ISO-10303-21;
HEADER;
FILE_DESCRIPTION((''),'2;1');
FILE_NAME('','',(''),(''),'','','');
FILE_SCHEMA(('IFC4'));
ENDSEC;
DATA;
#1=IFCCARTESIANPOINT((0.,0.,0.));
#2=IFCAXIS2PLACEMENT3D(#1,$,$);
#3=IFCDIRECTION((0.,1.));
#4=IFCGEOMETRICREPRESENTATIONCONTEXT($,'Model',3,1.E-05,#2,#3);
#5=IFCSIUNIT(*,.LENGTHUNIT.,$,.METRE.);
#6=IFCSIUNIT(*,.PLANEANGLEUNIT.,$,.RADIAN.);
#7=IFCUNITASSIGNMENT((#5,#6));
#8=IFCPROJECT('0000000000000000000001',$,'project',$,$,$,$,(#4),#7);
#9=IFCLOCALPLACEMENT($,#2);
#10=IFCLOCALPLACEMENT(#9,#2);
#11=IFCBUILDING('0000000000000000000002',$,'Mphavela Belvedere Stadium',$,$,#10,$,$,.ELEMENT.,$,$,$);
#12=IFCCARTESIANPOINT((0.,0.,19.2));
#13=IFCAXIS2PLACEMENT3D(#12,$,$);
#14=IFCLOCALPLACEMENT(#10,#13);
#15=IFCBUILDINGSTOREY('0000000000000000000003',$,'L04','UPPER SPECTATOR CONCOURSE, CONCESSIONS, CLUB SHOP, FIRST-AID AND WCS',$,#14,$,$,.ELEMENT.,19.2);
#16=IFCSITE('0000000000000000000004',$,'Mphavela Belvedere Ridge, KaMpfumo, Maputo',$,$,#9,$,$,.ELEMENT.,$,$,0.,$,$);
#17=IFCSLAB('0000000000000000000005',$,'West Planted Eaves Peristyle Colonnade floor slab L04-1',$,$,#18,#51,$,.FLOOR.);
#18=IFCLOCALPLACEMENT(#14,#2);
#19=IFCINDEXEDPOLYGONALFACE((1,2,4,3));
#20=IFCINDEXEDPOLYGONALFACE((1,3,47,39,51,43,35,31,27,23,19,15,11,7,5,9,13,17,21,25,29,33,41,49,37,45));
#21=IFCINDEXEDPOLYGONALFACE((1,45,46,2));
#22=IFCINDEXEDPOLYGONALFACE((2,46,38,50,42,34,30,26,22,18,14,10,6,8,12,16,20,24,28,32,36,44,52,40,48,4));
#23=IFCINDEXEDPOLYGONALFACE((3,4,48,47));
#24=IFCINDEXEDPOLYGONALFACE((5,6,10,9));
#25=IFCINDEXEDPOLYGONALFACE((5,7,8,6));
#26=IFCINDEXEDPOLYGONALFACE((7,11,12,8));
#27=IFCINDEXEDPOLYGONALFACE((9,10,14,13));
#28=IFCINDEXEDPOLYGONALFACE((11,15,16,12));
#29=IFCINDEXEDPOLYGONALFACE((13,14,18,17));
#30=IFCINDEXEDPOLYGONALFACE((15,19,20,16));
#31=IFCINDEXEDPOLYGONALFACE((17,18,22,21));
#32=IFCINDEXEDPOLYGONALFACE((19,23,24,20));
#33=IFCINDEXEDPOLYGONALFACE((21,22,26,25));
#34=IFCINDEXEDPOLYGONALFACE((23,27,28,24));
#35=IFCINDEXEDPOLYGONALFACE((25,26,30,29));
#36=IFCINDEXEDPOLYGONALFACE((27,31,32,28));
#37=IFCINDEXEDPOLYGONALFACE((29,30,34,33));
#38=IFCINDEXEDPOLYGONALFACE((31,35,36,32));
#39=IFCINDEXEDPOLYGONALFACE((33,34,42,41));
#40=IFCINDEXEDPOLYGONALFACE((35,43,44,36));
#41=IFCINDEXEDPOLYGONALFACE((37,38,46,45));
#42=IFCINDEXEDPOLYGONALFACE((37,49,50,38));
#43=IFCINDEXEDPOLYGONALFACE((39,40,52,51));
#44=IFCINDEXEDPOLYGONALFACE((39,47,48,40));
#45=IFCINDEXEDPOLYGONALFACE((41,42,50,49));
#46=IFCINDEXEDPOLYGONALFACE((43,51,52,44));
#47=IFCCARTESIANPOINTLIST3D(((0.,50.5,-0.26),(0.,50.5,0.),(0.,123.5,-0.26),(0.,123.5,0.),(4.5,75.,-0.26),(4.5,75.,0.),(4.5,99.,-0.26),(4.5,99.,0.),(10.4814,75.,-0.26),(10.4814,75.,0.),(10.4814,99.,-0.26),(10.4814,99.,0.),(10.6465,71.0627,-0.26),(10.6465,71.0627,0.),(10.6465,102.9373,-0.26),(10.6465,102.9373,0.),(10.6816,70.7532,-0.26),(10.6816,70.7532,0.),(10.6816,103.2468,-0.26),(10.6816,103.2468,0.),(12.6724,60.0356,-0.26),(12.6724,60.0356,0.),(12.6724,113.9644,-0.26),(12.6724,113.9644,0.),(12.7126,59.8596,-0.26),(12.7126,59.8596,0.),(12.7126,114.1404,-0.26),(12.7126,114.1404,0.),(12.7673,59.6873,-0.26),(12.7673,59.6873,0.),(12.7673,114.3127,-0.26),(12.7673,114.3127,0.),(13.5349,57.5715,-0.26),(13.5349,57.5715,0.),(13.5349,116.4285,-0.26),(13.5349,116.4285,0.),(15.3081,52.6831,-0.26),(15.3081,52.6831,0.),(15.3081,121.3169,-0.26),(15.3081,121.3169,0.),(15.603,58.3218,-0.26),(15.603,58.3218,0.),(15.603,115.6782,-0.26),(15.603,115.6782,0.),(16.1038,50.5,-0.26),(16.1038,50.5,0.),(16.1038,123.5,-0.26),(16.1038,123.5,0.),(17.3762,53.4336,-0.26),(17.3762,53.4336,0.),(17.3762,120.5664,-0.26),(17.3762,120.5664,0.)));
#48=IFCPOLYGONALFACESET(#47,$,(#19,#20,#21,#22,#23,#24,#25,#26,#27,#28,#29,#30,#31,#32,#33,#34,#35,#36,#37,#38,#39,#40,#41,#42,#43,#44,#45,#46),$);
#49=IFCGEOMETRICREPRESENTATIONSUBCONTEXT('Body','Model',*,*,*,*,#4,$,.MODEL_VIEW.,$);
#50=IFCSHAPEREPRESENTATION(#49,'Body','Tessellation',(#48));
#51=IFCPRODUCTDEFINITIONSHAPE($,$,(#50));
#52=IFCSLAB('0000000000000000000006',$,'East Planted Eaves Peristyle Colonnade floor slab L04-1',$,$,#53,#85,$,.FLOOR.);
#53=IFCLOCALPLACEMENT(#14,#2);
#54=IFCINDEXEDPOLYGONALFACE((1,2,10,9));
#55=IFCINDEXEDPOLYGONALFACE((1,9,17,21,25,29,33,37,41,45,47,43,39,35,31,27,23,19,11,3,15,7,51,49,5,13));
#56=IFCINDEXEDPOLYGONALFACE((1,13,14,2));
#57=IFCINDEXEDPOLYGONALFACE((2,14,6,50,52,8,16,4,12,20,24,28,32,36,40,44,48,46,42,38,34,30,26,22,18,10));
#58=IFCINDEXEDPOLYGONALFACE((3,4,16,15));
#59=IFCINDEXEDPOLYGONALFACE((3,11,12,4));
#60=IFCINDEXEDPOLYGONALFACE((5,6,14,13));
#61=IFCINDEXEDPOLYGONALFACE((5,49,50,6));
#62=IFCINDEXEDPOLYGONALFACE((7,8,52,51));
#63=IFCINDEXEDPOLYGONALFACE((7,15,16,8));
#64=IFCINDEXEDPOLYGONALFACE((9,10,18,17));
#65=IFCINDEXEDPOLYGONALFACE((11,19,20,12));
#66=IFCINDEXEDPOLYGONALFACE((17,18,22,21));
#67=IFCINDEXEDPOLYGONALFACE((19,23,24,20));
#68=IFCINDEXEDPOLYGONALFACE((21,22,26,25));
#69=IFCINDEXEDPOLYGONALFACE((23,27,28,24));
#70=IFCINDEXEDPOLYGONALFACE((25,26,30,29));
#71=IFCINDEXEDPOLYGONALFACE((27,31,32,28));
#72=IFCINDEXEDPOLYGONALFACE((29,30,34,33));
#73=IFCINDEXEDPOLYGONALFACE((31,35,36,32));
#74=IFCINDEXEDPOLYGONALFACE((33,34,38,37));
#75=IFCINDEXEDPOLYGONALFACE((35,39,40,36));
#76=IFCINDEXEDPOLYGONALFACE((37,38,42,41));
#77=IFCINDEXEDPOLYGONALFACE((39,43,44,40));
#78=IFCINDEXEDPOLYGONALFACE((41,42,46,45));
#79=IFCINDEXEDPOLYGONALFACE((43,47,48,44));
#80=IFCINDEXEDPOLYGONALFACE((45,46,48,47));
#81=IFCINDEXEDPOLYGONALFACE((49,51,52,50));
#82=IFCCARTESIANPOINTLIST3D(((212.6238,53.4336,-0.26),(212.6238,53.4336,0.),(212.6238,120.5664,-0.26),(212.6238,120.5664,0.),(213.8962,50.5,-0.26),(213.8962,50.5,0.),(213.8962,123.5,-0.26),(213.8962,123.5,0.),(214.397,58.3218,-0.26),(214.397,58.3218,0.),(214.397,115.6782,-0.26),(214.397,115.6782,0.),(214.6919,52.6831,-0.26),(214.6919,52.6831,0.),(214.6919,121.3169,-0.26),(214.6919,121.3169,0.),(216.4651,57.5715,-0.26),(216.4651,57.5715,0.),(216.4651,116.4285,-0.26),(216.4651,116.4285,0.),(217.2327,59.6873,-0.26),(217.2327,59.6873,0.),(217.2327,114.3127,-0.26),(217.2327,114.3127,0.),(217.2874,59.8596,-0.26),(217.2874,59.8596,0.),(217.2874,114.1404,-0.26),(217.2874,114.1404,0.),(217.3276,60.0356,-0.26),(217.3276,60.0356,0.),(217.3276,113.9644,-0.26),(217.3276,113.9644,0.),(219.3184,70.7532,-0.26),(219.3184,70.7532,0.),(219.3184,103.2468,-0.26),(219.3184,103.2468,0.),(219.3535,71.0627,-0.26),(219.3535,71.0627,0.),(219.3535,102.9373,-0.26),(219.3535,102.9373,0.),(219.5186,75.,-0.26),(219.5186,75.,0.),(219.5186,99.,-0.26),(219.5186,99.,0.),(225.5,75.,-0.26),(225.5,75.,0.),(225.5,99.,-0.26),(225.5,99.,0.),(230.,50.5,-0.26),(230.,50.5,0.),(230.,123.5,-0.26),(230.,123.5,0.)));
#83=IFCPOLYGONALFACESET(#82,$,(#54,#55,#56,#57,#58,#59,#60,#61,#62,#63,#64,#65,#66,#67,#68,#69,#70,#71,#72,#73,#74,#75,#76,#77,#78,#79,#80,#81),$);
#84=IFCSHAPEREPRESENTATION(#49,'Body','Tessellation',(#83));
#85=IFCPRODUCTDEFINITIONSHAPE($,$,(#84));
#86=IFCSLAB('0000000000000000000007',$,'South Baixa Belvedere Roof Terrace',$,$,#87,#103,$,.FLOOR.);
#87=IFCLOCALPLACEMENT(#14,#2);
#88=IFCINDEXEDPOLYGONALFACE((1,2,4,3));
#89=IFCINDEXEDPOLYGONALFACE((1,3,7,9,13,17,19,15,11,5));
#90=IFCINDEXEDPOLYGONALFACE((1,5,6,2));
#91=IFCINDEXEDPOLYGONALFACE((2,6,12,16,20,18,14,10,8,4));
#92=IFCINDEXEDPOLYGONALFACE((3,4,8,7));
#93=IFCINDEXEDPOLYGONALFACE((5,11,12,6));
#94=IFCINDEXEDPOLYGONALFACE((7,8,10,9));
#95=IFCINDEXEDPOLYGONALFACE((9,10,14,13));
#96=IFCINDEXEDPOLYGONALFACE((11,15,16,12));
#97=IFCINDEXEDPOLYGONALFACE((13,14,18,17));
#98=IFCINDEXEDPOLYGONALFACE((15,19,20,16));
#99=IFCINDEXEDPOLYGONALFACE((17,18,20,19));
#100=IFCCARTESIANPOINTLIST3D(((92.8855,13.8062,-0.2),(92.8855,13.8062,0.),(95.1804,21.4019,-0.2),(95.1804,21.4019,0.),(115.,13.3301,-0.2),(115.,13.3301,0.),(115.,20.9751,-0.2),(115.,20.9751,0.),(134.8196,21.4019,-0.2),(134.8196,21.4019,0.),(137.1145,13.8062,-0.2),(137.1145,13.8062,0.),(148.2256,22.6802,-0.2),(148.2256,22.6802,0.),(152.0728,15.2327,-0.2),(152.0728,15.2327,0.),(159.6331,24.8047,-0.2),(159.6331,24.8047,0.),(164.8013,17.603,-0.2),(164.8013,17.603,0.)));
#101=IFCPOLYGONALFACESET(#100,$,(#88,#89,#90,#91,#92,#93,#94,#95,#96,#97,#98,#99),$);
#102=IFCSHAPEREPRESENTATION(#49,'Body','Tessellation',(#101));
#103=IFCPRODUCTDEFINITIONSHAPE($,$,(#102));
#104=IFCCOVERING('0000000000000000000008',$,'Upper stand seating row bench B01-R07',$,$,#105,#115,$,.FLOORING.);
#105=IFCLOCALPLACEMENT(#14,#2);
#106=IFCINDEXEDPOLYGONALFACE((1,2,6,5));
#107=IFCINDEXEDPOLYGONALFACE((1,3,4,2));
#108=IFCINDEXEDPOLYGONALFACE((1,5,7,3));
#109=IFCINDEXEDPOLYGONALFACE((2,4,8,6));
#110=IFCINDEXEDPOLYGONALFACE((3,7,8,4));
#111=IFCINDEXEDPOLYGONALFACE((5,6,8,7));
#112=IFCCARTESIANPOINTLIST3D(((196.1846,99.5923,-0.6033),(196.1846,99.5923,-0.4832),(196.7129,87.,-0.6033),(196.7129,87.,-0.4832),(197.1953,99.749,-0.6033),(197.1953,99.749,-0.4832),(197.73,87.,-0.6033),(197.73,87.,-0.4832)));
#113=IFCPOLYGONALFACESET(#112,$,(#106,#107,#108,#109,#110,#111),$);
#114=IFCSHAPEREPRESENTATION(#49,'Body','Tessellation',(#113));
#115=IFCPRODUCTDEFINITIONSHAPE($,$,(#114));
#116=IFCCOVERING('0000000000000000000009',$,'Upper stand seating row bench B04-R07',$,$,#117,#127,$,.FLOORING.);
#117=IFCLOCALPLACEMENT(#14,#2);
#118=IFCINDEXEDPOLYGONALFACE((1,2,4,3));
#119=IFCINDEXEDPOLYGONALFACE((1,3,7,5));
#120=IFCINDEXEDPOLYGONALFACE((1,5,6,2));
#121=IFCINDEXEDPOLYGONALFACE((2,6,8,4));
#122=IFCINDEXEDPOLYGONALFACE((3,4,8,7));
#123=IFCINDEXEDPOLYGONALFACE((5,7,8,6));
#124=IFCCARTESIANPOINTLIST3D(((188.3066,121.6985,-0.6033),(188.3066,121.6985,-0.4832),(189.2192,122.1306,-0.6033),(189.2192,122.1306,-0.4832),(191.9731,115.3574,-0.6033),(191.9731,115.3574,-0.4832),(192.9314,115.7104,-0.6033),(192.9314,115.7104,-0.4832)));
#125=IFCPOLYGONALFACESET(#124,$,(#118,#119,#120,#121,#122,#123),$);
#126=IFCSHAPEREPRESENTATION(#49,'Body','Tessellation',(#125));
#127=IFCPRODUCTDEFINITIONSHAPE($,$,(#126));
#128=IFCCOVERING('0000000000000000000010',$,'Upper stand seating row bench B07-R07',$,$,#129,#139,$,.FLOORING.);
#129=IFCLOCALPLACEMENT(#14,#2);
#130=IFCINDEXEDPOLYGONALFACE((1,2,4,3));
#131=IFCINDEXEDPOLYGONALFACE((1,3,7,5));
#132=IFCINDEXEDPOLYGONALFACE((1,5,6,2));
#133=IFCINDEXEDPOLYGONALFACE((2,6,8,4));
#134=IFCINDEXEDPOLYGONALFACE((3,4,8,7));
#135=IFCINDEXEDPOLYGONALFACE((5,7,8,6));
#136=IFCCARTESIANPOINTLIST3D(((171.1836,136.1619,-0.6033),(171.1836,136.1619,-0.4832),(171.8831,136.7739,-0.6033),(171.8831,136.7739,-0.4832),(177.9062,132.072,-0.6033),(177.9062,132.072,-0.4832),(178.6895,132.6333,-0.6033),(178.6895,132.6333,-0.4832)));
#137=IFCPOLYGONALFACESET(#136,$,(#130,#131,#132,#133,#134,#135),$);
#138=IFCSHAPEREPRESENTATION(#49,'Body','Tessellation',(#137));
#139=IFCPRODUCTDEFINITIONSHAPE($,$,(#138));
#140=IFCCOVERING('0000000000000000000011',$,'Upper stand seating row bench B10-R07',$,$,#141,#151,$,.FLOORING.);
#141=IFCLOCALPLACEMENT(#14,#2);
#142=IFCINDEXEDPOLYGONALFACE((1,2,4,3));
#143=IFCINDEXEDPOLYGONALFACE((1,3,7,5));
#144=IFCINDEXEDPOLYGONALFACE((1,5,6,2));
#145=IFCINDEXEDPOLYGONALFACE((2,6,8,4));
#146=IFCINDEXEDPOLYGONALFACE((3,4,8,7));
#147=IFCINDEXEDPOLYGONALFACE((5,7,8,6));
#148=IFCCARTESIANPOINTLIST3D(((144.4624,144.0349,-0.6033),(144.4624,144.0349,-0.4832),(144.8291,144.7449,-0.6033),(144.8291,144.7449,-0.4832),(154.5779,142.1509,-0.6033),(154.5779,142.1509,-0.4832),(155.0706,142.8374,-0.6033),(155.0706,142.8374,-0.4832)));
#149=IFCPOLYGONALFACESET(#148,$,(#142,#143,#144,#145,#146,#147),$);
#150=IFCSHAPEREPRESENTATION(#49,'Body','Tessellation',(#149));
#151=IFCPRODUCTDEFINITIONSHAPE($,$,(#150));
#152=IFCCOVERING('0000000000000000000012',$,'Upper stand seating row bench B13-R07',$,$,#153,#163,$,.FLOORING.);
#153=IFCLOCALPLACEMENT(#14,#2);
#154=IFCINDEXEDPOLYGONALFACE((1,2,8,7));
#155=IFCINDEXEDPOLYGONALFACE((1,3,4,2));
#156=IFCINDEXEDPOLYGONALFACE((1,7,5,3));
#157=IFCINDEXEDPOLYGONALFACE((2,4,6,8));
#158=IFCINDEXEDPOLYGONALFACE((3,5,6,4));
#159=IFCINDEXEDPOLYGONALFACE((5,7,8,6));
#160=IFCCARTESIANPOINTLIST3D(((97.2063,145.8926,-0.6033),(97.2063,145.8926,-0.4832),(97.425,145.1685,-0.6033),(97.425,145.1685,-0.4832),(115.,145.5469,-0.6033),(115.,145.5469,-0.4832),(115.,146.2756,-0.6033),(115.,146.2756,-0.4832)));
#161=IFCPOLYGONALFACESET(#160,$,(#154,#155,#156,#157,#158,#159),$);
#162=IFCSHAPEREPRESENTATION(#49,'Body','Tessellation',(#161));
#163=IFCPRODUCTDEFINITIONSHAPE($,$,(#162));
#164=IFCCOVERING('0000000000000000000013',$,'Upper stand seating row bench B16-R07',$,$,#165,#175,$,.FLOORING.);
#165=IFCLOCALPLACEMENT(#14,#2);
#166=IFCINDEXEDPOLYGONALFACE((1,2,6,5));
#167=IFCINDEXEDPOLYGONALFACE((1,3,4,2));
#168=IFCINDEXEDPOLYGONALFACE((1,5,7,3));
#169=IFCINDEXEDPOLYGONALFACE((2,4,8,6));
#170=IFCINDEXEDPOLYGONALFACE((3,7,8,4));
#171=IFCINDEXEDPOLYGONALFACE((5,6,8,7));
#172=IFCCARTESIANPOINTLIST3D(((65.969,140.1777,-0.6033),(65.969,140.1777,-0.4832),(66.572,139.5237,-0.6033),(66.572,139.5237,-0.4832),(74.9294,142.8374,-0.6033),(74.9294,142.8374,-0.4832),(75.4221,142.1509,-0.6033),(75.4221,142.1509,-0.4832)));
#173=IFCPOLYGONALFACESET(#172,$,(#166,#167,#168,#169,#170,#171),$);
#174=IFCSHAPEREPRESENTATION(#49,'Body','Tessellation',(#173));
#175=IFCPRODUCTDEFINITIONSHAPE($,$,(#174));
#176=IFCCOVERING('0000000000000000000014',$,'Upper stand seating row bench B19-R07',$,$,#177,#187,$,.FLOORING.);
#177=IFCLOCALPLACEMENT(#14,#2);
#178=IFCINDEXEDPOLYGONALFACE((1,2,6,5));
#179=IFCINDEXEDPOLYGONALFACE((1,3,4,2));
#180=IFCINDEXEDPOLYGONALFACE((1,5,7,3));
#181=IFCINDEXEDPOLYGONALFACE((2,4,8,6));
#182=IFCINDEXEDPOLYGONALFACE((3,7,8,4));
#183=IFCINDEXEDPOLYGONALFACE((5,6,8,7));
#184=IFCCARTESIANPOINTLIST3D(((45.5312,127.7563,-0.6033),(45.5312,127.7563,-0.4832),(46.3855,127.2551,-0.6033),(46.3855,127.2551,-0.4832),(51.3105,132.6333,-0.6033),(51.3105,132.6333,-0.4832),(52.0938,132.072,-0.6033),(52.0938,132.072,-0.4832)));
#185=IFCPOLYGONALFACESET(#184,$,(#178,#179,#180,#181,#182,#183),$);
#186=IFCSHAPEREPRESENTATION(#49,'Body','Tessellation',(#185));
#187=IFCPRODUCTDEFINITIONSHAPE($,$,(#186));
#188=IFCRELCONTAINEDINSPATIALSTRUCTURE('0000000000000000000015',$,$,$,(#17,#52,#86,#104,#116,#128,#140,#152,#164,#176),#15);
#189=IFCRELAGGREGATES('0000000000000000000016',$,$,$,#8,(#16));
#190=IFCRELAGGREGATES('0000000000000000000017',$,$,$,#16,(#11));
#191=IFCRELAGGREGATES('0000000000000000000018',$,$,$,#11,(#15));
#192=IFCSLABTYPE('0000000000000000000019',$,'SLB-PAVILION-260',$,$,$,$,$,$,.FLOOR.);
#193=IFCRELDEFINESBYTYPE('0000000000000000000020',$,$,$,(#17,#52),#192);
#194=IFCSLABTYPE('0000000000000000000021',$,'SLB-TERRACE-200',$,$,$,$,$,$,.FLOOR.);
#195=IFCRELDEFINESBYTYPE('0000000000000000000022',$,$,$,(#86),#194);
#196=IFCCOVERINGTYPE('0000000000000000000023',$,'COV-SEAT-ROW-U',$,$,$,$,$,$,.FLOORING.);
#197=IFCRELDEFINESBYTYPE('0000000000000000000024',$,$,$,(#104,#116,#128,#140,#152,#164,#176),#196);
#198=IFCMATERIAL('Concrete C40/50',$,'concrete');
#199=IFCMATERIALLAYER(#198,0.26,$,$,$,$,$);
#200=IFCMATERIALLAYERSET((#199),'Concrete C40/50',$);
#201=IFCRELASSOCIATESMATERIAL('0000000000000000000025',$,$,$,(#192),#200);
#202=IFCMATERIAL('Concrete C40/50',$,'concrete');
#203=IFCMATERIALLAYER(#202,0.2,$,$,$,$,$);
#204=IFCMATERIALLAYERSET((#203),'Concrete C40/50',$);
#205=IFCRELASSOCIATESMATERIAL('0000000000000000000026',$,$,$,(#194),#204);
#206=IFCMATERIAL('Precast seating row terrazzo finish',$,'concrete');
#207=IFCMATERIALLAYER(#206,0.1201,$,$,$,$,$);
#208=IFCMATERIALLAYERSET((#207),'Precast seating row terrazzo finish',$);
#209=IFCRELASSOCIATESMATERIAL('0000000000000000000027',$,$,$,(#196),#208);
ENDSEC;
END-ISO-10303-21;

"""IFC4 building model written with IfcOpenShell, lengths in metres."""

from ifc_helpers import new_model, si_unit, direction, frame, origin, place, context, subcontext, project, spatial, polyline, outline, extrude, material, layer, layer_set, type_object, element, save


model = new_model("IFC4")

# Units and contexts
model_context = context("Model", 3, precision=1e-05, world=origin(), true_north=direction((0.0, 1.0)))
body_context = subcontext(model_context, "Body", "Model", "MODEL_VIEW")
ifc_project = project(units=[si_unit("LENGTHUNIT", "METRE"), si_unit("PLANEANGLEUNIT", "RADIAN")], contexts=[model_context])

# Site, building, storey
site_placement = place(None, origin())
site = spatial("IfcSite", under=ifc_project, at=site_placement, Name="Mphavela Belvedere Ridge, KaMpfumo, Maputo", CompositionType="ELEMENT", RefElevation=0.0)
building_placement = place(site_placement, origin())
building = spatial("IfcBuilding", under=site, at=building_placement, Name="Mphavela Belvedere Stadium", CompositionType="ELEMENT")
storey_placement = place(building_placement, frame((0.0, 0.0, 19.2)))
storey = spatial("IfcBuildingStorey", under=building, at=storey_placement, Name="L04", Description="UPPER SPECTATOR CONCOURSE, CONCESSIONS, CLUB SHOP, FIRST-AID AND WCS", CompositionType="ELEMENT", Elevation=19.2)

# Slabs
ifc_material_1 = material(Name="Concrete C40/50", Category="concrete")
ifc_layer_1 = layer(ifc_material_1, 0.26)
ifc_layer_set_1 = layer_set([ifc_layer_1], Name="Concrete C40/50")
slab_type_1 = type_object("IfcSlabType", Name="SLB-PAVILION-260", PredefinedType="FLOOR", material=ifc_layer_set_1)
slab_1_placement = place(storey_placement, frame((0.0, 0.0, -0.26)))
element("IfcSlab", 1, at=slab_1_placement, inside=storey, type_object=slab_type_1, Name="West Planted Eaves Peristyle Colonnade floor slab L04-1", PredefinedType="FLOOR", context=body_context, shape_type="SweptSolid", body=[
    extrude(outline(polyline([(15.3081, 121.3169), (17.3762, 120.5664), (15.603, 115.6782), (13.5349, 116.4285), (12.7673, 114.3127), (12.7126, 114.1404), (12.6724, 113.9644), (10.6816, 103.2468), (10.6465, 102.9373), (10.4814, 99.0), (4.5, 99.0), (4.5, 75.0), (10.4814, 75.0), (10.6465, 71.0627), (10.6816, 70.7532), (12.6724, 60.0356), (12.7126, 59.8596), (12.7673, 59.6873), (13.5349, 57.5715), (15.603, 58.3218), (17.3762, 53.4336), (15.3081, 52.6831), (16.1038, 50.5), (0.0, 50.5), (0.0, 123.5), (16.1038, 123.5), (15.3081, 121.3169)])), origin(), (0.0, 0.0, 1.0), 0.26),
])
slab_2_placement = place(storey_placement, frame((0.0, 0.0, -0.26)))
element("IfcSlab", 2, at=slab_2_placement, inside=storey, type_object=slab_type_1, Name="East Planted Eaves Peristyle Colonnade floor slab L04-1", PredefinedType="FLOOR", context=body_context, shape_type="SweptSolid", body=[
    extrude(outline(polyline([(214.6919, 52.6831), (212.6238, 53.4336), (214.397, 58.3218), (216.4651, 57.5715), (217.2327, 59.6873), (217.2874, 59.8596), (217.3276, 60.0356), (219.3184, 70.7532), (219.3535, 71.0627), (219.5186, 75.0), (225.5, 75.0), (225.5, 99.0), (219.5186, 99.0), (219.3535, 102.9373), (219.3184, 103.2468), (217.3276, 113.9644), (217.2874, 114.1404), (217.2327, 114.3127), (216.4651, 116.4285), (214.397, 115.6782), (212.6238, 120.5664), (214.6919, 121.3169), (213.8962, 123.5), (230.0, 123.5), (230.0, 50.5), (213.8962, 50.5), (214.6919, 52.6831)])), origin(), (0.0, 0.0, 1.0), 0.26),
])
ifc_material_2 = material(Name="Concrete C40/50", Category="concrete")
ifc_layer_2 = layer(ifc_material_2, 0.2)
ifc_layer_set_2 = layer_set([ifc_layer_2], Name="Concrete C40/50")
slab_type_2 = type_object("IfcSlabType", Name="SLB-TERRACE-200", PredefinedType="FLOOR", material=ifc_layer_set_2)
slab_3_placement = place(storey_placement, frame((0.0, 0.0, -0.2)))
element("IfcSlab", 3, at=slab_3_placement, inside=storey, type_object=slab_type_2, Name="South Baixa Belvedere Roof Terrace", PredefinedType="FLOOR", context=body_context, shape_type="SweptSolid", body=[
    extrude(outline(polyline([(148.2256, 22.6802), (159.6331, 24.8047), (164.8013, 17.603), (152.0728, 15.2327), (137.1145, 13.8062), (115.0, 13.3301), (92.8855, 13.8062), (95.1804, 21.4019), (115.0, 20.9751), (134.8196, 21.4019), (148.2256, 22.6802)])), origin(), (0.0, 0.0, 1.0), 0.2),
])

# Coverings
ifc_material_3 = material(Name="Precast seating row terrazzo finish", Category="concrete")
ifc_layer_3 = layer(ifc_material_3, 0.1201)
ifc_layer_set_3 = layer_set([ifc_layer_3], Name="Precast seating row terrazzo finish")
covering_type = type_object("IfcCoveringType", Name="COV-SEAT-ROW-U", PredefinedType="FLOORING", material=ifc_layer_set_3)
covering_1_placement = place(storey_placement, frame((0.0, 0.0, -0.6033)))
element("IfcCovering", 4, at=covering_1_placement, inside=storey, type_object=covering_type, Name="Upper stand seating row bench B01-R07", PredefinedType="FLOORING", context=body_context, shape_type="SweptSolid", body=[
    extrude(outline(polyline([(196.7129, 87.0), (196.1846, 99.5923), (197.1953, 99.749), (197.73, 87.0), (196.7129, 87.0)])), origin(), (0.0, 0.0, 1.0), 0.1201),
])
covering_2_placement = place(storey_placement, frame((0.0, 0.0, -0.6033)))
element("IfcCovering", 5, at=covering_2_placement, inside=storey, type_object=covering_type, Name="Upper stand seating row bench B04-R07", PredefinedType="FLOORING", context=body_context, shape_type="SweptSolid", body=[
    extrude(outline(polyline([(191.9731, 115.3574), (188.3066, 121.6985), (189.2192, 122.1306), (192.9314, 115.7104), (191.9731, 115.3574)])), origin(), (0.0, 0.0, 1.0), 0.1201),
])
covering_3_placement = place(storey_placement, frame((0.0, 0.0, -0.6033)))
element("IfcCovering", 6, at=covering_3_placement, inside=storey, type_object=covering_type, Name="Upper stand seating row bench B07-R07", PredefinedType="FLOORING", context=body_context, shape_type="SweptSolid", body=[
    extrude(outline(polyline([(177.9062, 132.072), (171.1836, 136.1619), (171.8831, 136.7739), (178.6895, 132.6333), (177.9062, 132.072)])), origin(), (0.0, 0.0, 1.0), 0.1201),
])
covering_4_placement = place(storey_placement, frame((0.0, 0.0, -0.6033)))
element("IfcCovering", 7, at=covering_4_placement, inside=storey, type_object=covering_type, Name="Upper stand seating row bench B10-R07", PredefinedType="FLOORING", context=body_context, shape_type="SweptSolid", body=[
    extrude(outline(polyline([(154.5779, 142.1509), (144.4624, 144.0349), (144.8291, 144.7449), (155.0706, 142.8374), (154.5779, 142.1509)])), origin(), (0.0, 0.0, 1.0), 0.1201),
])
covering_5_placement = place(storey_placement, frame((0.0, 0.0, -0.6033)))
element("IfcCovering", 8, at=covering_5_placement, inside=storey, type_object=covering_type, Name="Upper stand seating row bench B13-R07", PredefinedType="FLOORING", context=body_context, shape_type="SweptSolid", body=[
    extrude(outline(polyline([(115.0, 145.5469), (97.425, 145.1685), (97.2063, 145.8926), (115.0, 146.2756), (115.0, 145.5469)])), origin(), (0.0, 0.0, 1.0), 0.1201),
])
covering_6_placement = place(storey_placement, frame((0.0, 0.0, -0.6033)))
element("IfcCovering", 9, at=covering_6_placement, inside=storey, type_object=covering_type, Name="Upper stand seating row bench B16-R07", PredefinedType="FLOORING", context=body_context, shape_type="SweptSolid", body=[
    extrude(outline(polyline([(75.4221, 142.1509), (66.572, 139.5237), (65.969, 140.1777), (74.9294, 142.8374), (75.4221, 142.1509)])), origin(), (0.0, 0.0, 1.0), 0.1201),
])
covering_7_placement = place(storey_placement, frame((0.0, 0.0, -0.6033)))
element("IfcCovering", 10, at=covering_7_placement, inside=storey, type_object=covering_type, Name="Upper stand seating row bench B19-R07", PredefinedType="FLOORING", context=body_context, shape_type="SweptSolid", body=[
    extrude(outline(polyline([(52.0938, 132.072), (46.3855, 127.2551), (45.5312, 127.7563), (51.3105, 132.6333), (52.0938, 132.072)])), origin(), (0.0, 0.0, 1.0), 0.1201),
])

save(model, "model.ifc")
